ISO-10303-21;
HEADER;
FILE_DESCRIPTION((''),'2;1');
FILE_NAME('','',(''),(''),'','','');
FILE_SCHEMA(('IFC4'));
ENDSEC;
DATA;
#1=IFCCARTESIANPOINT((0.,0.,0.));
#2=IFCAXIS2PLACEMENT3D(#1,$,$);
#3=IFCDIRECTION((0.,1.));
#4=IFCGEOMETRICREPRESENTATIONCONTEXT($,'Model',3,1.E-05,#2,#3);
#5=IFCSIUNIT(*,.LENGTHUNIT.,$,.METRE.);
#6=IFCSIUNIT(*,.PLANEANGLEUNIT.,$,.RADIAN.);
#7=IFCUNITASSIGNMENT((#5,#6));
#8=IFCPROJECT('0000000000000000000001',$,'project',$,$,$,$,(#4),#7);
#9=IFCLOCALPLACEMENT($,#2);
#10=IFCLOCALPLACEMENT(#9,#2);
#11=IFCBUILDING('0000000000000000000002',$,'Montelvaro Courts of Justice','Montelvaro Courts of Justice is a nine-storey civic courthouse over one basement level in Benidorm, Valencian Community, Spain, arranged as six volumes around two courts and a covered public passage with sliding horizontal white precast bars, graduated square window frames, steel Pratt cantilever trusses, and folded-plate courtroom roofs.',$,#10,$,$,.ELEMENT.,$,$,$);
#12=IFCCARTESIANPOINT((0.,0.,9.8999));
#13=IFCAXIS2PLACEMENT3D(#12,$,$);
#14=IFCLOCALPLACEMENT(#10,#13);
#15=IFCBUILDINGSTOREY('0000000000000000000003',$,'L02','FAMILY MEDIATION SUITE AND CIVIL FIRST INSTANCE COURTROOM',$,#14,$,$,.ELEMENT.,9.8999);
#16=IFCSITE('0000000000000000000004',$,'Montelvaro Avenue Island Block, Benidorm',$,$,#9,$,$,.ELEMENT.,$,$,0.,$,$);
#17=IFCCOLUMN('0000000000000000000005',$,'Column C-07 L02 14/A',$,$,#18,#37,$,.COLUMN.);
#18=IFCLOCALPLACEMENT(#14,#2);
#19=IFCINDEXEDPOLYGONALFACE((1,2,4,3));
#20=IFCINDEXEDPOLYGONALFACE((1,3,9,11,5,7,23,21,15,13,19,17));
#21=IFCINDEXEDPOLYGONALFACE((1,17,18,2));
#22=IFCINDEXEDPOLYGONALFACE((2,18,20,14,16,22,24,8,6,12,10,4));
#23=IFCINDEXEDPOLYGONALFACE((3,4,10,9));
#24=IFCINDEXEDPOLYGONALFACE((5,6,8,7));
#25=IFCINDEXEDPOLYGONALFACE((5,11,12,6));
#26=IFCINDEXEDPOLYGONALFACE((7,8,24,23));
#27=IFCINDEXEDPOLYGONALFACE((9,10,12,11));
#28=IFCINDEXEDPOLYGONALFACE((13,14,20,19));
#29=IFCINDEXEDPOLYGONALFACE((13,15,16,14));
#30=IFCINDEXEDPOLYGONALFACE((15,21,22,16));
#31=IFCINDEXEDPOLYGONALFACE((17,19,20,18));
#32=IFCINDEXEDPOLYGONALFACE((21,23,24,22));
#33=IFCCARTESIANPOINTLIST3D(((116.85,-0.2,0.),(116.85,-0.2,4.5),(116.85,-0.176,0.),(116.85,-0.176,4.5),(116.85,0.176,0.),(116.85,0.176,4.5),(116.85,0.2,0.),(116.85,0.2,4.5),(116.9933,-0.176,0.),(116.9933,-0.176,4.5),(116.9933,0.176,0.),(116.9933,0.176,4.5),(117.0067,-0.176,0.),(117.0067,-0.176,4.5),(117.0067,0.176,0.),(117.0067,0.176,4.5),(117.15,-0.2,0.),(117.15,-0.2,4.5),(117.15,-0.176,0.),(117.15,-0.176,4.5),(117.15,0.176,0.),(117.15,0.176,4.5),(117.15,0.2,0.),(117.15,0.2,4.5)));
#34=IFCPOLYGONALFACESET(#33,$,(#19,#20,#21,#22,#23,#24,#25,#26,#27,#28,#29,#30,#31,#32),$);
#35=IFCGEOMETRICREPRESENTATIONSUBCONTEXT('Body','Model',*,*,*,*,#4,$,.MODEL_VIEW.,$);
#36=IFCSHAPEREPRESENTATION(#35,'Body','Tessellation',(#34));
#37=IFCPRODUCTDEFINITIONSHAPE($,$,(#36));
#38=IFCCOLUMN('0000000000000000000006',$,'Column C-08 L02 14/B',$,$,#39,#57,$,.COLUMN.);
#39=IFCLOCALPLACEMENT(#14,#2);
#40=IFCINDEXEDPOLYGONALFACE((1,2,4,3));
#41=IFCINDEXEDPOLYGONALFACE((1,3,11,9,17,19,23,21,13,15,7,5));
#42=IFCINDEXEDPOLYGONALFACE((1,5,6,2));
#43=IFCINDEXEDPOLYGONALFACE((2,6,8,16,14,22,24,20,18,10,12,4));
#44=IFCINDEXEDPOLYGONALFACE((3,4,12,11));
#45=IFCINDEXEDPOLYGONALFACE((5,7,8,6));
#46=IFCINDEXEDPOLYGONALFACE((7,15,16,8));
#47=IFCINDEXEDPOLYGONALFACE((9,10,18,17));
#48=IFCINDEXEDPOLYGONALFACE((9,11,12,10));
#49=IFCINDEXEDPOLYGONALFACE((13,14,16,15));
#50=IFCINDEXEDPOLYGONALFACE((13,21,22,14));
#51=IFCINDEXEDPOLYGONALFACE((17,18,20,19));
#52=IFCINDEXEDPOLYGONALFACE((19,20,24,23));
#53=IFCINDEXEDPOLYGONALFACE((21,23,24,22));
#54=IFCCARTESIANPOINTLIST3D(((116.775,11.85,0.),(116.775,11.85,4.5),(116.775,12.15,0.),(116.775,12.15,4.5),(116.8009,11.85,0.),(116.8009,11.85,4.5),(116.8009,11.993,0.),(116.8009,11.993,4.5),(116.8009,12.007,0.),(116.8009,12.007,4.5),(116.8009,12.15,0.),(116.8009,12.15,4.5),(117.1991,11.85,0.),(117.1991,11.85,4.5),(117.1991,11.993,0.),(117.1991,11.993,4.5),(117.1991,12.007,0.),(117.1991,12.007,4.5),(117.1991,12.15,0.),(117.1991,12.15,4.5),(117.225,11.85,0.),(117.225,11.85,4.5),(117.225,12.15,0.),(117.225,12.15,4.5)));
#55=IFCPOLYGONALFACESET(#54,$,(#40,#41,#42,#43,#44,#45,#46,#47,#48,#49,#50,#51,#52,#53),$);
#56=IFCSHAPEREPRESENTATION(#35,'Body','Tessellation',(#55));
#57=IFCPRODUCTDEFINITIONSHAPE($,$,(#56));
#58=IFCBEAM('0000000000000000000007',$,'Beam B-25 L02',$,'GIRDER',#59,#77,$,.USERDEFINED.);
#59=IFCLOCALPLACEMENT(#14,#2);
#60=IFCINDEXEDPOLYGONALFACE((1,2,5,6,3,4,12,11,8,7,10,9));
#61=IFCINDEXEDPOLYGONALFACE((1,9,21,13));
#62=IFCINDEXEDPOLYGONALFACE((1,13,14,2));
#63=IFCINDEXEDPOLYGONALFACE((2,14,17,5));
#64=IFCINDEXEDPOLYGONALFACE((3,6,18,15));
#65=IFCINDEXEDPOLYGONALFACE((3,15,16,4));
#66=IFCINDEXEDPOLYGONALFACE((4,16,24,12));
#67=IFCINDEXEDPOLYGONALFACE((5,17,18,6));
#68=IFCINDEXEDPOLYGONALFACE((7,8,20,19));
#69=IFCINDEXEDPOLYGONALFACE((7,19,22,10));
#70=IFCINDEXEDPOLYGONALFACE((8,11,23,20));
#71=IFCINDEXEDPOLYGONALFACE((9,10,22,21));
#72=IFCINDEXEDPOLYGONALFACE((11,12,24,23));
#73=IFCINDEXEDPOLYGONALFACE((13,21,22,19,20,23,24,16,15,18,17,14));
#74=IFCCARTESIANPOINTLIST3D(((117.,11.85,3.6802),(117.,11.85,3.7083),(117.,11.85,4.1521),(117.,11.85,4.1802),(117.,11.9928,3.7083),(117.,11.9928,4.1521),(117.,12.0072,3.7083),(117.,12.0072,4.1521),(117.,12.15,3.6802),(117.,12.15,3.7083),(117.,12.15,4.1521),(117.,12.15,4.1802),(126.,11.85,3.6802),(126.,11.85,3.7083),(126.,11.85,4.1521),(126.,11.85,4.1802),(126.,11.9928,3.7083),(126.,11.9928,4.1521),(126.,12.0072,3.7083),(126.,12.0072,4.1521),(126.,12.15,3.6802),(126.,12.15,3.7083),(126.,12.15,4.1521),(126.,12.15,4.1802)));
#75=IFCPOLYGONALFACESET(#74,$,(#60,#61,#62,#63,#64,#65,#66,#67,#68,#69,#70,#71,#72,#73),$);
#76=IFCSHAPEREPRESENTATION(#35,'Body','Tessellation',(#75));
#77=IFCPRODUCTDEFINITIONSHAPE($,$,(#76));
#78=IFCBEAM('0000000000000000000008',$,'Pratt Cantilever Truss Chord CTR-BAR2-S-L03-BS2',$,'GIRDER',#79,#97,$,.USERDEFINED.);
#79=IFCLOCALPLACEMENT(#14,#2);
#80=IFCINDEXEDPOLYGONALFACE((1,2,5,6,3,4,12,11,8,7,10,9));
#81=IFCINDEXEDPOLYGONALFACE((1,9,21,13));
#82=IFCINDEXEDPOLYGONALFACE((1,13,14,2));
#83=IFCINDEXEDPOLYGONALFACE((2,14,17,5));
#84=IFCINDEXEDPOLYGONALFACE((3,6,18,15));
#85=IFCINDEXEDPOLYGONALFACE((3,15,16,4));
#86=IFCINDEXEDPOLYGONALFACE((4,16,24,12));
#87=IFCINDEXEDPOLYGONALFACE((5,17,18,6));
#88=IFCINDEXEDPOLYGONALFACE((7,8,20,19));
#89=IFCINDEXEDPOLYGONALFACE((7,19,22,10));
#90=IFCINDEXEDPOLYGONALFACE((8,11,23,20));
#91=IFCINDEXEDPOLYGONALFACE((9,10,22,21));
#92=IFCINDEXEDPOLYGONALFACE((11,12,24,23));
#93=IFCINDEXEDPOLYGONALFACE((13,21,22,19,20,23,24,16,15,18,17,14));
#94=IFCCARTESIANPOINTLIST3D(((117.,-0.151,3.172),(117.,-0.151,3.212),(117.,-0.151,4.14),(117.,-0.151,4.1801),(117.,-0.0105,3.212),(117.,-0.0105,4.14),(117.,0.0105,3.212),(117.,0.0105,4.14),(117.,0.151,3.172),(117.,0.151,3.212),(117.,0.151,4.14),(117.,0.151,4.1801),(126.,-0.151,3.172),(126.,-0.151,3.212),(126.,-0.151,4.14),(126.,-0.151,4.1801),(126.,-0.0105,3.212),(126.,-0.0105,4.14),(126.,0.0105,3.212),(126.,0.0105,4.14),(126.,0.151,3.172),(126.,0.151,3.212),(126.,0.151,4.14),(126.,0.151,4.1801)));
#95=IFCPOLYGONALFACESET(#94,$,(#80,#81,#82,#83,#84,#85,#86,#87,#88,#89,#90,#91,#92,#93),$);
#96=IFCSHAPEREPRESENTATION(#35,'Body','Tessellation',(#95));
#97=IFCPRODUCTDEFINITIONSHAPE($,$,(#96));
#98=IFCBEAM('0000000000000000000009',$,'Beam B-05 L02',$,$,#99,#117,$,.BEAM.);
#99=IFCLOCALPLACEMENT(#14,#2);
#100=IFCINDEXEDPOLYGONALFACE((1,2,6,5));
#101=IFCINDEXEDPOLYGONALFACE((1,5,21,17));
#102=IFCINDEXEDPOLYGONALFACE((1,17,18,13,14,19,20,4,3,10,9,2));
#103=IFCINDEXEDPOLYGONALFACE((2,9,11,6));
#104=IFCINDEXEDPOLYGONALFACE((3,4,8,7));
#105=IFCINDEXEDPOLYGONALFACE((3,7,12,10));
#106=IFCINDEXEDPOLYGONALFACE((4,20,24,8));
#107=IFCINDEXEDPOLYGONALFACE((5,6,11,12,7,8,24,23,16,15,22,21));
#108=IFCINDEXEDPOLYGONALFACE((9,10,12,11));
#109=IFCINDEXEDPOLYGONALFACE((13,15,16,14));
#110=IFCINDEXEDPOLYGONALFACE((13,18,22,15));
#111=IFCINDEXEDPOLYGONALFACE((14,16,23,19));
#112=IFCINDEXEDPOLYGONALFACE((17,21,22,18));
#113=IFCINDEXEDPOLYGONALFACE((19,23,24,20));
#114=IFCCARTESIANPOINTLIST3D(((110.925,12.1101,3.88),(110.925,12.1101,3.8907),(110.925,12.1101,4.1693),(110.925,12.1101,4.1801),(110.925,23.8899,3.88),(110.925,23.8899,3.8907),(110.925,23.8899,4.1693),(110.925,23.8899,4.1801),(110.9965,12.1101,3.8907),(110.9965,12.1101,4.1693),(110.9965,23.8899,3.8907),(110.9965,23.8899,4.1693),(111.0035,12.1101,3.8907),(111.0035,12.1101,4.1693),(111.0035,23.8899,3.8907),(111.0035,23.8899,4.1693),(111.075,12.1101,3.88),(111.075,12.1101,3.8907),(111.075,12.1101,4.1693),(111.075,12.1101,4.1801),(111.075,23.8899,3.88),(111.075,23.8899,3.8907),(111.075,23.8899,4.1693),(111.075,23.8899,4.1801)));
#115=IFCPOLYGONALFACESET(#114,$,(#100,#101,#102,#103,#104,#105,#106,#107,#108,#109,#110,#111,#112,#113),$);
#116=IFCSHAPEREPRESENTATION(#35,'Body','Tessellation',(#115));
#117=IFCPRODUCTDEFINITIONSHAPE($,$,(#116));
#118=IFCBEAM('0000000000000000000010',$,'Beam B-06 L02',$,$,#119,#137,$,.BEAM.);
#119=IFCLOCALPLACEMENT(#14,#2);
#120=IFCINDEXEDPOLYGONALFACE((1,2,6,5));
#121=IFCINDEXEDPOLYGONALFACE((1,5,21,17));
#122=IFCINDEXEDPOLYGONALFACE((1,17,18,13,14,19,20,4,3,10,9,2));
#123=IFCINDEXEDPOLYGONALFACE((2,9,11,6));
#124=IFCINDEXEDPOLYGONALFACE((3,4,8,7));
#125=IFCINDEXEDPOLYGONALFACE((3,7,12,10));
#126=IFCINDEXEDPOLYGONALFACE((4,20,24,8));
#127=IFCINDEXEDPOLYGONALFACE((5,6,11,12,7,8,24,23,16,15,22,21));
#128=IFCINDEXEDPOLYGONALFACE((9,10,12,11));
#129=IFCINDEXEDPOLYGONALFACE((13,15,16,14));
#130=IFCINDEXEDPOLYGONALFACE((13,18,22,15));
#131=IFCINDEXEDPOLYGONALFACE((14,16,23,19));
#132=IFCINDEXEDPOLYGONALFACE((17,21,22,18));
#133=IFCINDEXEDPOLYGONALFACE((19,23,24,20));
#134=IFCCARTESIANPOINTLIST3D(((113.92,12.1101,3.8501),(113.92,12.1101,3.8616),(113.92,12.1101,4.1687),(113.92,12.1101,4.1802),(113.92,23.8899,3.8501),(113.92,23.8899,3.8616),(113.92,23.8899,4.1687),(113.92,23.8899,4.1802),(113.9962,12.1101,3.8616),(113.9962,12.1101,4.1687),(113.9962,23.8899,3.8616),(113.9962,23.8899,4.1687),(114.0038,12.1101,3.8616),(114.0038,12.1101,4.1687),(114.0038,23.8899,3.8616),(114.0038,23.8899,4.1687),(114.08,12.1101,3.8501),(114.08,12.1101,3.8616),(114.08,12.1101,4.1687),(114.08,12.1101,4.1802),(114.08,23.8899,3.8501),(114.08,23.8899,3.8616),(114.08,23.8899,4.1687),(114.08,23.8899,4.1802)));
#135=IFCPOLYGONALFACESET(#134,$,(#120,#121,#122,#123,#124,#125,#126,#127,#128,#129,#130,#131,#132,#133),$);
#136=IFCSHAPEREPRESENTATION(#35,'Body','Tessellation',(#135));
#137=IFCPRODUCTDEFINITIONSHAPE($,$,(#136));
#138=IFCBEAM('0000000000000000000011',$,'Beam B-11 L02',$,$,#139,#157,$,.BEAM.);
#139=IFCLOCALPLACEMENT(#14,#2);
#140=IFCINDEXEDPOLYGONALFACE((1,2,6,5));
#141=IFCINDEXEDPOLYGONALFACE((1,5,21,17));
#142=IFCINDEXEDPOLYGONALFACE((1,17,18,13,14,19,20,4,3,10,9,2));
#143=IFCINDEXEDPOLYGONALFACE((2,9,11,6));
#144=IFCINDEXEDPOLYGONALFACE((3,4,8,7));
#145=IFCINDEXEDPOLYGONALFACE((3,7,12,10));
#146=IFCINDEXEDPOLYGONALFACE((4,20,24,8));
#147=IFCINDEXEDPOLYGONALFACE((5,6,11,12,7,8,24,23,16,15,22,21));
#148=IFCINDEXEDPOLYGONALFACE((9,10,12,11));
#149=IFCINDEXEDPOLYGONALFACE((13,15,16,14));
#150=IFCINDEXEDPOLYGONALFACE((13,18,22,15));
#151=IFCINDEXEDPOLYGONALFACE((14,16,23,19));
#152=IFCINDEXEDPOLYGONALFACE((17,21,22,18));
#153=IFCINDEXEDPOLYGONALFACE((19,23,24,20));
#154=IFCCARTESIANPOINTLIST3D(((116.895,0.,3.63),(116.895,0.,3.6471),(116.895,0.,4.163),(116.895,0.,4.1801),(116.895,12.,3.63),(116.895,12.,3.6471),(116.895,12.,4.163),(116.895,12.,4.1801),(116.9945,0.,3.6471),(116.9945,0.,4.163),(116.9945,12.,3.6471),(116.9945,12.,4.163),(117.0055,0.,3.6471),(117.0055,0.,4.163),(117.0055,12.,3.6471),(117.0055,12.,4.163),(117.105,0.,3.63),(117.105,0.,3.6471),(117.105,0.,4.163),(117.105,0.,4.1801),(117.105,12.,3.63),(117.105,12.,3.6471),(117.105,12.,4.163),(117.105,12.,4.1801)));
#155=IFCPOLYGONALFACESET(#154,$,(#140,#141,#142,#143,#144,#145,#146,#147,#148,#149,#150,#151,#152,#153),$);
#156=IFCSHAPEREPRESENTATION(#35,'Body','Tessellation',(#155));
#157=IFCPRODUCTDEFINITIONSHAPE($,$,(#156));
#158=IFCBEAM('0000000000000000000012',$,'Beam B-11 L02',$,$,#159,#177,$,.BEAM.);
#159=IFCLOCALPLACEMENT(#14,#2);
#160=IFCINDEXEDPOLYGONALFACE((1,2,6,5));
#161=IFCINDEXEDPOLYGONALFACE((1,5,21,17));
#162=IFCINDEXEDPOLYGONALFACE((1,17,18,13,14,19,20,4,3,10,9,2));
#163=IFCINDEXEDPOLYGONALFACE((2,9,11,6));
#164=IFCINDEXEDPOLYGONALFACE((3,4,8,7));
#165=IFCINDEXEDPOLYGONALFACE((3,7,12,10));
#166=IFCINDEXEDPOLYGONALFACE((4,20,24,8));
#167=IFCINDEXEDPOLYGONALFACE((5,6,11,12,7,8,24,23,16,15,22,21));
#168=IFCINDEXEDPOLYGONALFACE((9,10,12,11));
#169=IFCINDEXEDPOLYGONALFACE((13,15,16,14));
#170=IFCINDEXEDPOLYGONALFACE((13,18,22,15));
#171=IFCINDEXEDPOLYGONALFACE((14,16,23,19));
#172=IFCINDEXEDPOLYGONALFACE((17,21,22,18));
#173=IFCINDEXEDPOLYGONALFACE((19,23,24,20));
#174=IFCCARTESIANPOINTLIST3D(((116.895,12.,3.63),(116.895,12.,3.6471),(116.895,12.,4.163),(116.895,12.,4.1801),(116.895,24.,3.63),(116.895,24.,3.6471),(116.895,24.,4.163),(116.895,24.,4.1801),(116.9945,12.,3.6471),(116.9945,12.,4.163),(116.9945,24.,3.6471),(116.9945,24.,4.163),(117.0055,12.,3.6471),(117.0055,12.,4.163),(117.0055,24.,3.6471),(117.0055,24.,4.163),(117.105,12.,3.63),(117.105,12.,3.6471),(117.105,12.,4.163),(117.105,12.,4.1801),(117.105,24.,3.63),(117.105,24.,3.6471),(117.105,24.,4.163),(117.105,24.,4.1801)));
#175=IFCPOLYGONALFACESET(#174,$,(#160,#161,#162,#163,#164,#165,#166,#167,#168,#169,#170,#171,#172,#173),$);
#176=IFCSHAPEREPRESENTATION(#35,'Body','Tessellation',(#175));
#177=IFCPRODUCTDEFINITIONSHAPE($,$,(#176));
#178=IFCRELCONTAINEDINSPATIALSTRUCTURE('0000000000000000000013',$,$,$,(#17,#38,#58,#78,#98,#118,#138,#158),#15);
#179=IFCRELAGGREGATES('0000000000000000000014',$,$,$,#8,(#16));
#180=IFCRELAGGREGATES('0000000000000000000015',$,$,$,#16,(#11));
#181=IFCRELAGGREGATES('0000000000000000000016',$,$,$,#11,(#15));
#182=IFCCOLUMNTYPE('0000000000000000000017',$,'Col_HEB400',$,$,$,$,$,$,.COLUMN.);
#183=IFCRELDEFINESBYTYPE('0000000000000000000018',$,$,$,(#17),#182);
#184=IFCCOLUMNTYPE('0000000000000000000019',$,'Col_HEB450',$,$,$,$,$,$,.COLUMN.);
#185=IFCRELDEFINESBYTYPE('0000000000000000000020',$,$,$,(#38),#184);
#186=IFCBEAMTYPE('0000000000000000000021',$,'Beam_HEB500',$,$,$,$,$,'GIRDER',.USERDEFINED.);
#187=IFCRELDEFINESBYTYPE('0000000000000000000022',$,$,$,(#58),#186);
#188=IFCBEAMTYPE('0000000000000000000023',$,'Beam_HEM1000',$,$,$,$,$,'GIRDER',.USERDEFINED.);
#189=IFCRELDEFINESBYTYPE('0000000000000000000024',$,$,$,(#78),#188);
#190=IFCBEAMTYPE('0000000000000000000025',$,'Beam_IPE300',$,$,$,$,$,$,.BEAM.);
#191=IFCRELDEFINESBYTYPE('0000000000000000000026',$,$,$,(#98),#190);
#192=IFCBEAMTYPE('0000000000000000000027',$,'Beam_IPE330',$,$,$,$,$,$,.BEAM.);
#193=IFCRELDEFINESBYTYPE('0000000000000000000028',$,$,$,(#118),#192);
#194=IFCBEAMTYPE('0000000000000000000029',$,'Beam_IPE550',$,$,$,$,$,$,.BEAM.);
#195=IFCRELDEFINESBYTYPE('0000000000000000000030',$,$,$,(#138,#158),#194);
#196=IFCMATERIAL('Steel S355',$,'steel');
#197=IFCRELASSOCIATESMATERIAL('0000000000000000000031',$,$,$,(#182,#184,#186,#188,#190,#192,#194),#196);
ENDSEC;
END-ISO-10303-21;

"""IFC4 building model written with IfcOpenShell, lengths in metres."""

from ifc_helpers import new_model, si_unit, direction, frame, origin, origin_2d, place, context, subcontext, project, spatial, i_section, extrude, material, material_profile, profile_set, type_object, element, save


model = new_model("IFC4")

# Units and contexts
model_context = context("Model", 3, precision=1e-05, world=origin(), true_north=direction((0.0, 1.0)))
body_context = subcontext(model_context, "Body", "Model", "MODEL_VIEW")
ifc_project = project(units=[si_unit("LENGTHUNIT", "METRE"), si_unit("PLANEANGLEUNIT", "RADIAN")], contexts=[model_context])

# Site, building, storey
site_placement = place(None, origin())
site = spatial("IfcSite", under=ifc_project, at=site_placement, Name="Montelvaro Avenue Island Block, Benidorm", CompositionType="ELEMENT", RefElevation=0.0)
building_placement = place(site_placement, origin())
building = spatial("IfcBuilding", under=site, at=building_placement, Name="Montelvaro Courts of Justice", Description="Montelvaro Courts of Justice is a nine-storey civic courthouse over one basement level in Benidorm, Valencian Community, Spain, arranged as six volumes around two courts and a covered public passage with sliding horizontal white precast bars, graduated square window frames, steel Pratt cantilever trusses, and folded-plate courtroom roofs.", CompositionType="ELEMENT")
storey_placement = place(building_placement, frame((0.0, 0.0, 9.8999)))
storey = spatial("IfcBuildingStorey", under=building, at=storey_placement, Name="L02", Description="FAMILY MEDIATION SUITE AND CIVIL FIRST INSTANCE COURTROOM", CompositionType="ELEMENT", Elevation=9.8999)

# Columns
ifc_material_1 = material(Name="Steel S355", Category="steel")
ifc_material_profile_1 = material_profile(ifc_material_1, i_section(OverallWidth=0.3, OverallDepth=0.3999, WebThickness=0.0134, FlangeThickness=0.0239, at=origin_2d()), Name="HEB 400")
ifc_profile_set_1 = profile_set([ifc_material_profile_1], Name="Steel S355")
column_type_1 = type_object("IfcColumnType", Name="Col_HEB400", PredefinedType="COLUMN", material=ifc_profile_set_1)
column_1_placement = place(storey_placement, frame((117.0, 0.0, 0.0), z_axis=(0.0, 0.0, 1.0), x_axis=(1.0, 0.0, 0.0)))
element("IfcColumn", 1, at=column_1_placement, inside=storey, type_object=column_type_1, Name="Column C-07 L02 14/A", PredefinedType="COLUMN", context=body_context, shape_type="SweptSolid", body=[
    extrude(i_section(OverallWidth=0.3, OverallDepth=0.3999, WebThickness=0.0134, FlangeThickness=0.0239, at=origin_2d()), origin(), (0.0, 0.0, 1.0), 4.5),
])
ifc_material_profile_2 = material_profile(ifc_material_1, i_section(OverallWidth=0.3, OverallDepth=0.45, WebThickness=0.0139, FlangeThickness=0.0259, at=origin_2d()), Name="HEB 450")
ifc_profile_set_2 = profile_set([ifc_material_profile_2], Name="Steel S355")
column_type_2 = type_object("IfcColumnType", Name="Col_HEB450", PredefinedType="COLUMN", material=ifc_profile_set_2)
column_2_placement = place(storey_placement, frame((117.0, 12.0, 0.0), z_axis=(0.0, 0.0, 1.0), x_axis=(0.0, 1.0, 0.0)))
element("IfcColumn", 2, at=column_2_placement, inside=storey, type_object=column_type_2, Name="Column C-08 L02 14/B", PredefinedType="COLUMN", context=body_context, shape_type="SweptSolid", body=[
    extrude(i_section(OverallWidth=0.3, OverallDepth=0.45, WebThickness=0.0139, FlangeThickness=0.0259, at=origin_2d()), origin(), (0.0, 0.0, 1.0), 4.5),
])

# Beams
ifc_material_profile_3 = material_profile(ifc_material_1, i_section(OverallWidth=0.3, OverallDepth=0.5, WebThickness=0.0144, FlangeThickness=0.0281, at=origin_2d()), Name="HEB 500")
ifc_profile_set_3 = profile_set([ifc_material_profile_3], Name="Steel S355")
beam_type_1 = type_object("IfcBeamType", Name="Beam_HEB500", ElementType="GIRDER", PredefinedType="USERDEFINED", material=ifc_profile_set_3)
beam_1_placement = place(storey_placement, frame((117.0, 12.0, 3.9302), z_axis=(1.0, 0.0, 0.0), x_axis=(0.0, 1.0, 0.0)))
element("IfcBeam", 3, at=beam_1_placement, inside=storey, type_object=beam_type_1, Name="Beam B-25 L02", ObjectType="GIRDER", PredefinedType="USERDEFINED", context=body_context, shape_type="SweptSolid", body=[
    extrude(i_section(OverallWidth=0.3, OverallDepth=0.5, WebThickness=0.0144, FlangeThickness=0.0281, at=origin_2d()), origin(), (0.0, 0.0, 1.0), 9.0),
])
ifc_material_profile_4 = material_profile(ifc_material_1, i_section(OverallWidth=0.302, OverallDepth=1.0081, WebThickness=0.021, FlangeThickness=0.04, at=origin_2d()), Name="HEM 1000")
ifc_profile_set_4 = profile_set([ifc_material_profile_4], Name="Steel S355")
beam_type_2 = type_object("IfcBeamType", Name="Beam_HEM1000", ElementType="GIRDER", PredefinedType="USERDEFINED", material=ifc_profile_set_4)
beam_2_placement = place(storey_placement, frame((117.0, 0.0, 3.676), z_axis=(1.0, 0.0, 0.0), x_axis=(0.0, 1.0, 0.0)))
element("IfcBeam", 4, at=beam_2_placement, inside=storey, type_object=beam_type_2, Name="Pratt Cantilever Truss Chord CTR-BAR2-S-L03-BS2", ObjectType="GIRDER", PredefinedType="USERDEFINED", context=body_context, shape_type="SweptSolid", body=[
    extrude(i_section(OverallWidth=0.302, OverallDepth=1.0081, WebThickness=0.021, FlangeThickness=0.04, at=origin_2d()), origin(), (0.0, 0.0, 1.0), 9.0),
])
ifc_material_profile_5 = material_profile(ifc_material_1, i_section(OverallWidth=0.1499, OverallDepth=0.3, WebThickness=0.0071, FlangeThickness=0.0107, at=origin_2d()), Name="IPE 300")
ifc_profile_set_5 = profile_set([ifc_material_profile_5], Name="Steel S355")
beam_type_3 = type_object("IfcBeamType", Name="Beam_IPE300", PredefinedType="BEAM", material=ifc_profile_set_5)
beam_3_placement = place(storey_placement, frame((111.0, 12.1101, 4.03), z_axis=(0.0, 1.0, 0.0), x_axis=(-1.0, 0.0, 0.0)))
element("IfcBeam", 5, at=beam_3_placement, inside=storey, type_object=beam_type_3, Name="Beam B-05 L02", PredefinedType="BEAM", context=body_context, shape_type="SweptSolid", body=[
    extrude(i_section(OverallWidth=0.1499, OverallDepth=0.3, WebThickness=0.0071, FlangeThickness=0.0107, at=origin_2d()), origin(), (0.0, 0.0, 1.0), 11.7798),
])
ifc_material_profile_6 = material_profile(ifc_material_1, i_section(OverallWidth=0.1599, OverallDepth=0.3301, WebThickness=0.0076, FlangeThickness=0.0115, at=origin_2d()), Name="IPE 330")
ifc_profile_set_6 = profile_set([ifc_material_profile_6], Name="Steel S355")
beam_type_4 = type_object("IfcBeamType", Name="Beam_IPE330", PredefinedType="BEAM", material=ifc_profile_set_6)
beam_4_placement = place(storey_placement, frame((114.0, 12.1101, 4.0151), z_axis=(0.0, 1.0, 0.0), x_axis=(-1.0, 0.0, 0.0)))
element("IfcBeam", 6, at=beam_4_placement, inside=storey, type_object=beam_type_4, Name="Beam B-06 L02", PredefinedType="BEAM", context=body_context, shape_type="SweptSolid", body=[
    extrude(i_section(OverallWidth=0.1599, OverallDepth=0.3301, WebThickness=0.0076, FlangeThickness=0.0115, at=origin_2d()), origin(), (0.0, 0.0, 1.0), 11.7798),
])
ifc_material_profile_7 = material_profile(ifc_material_1, i_section(OverallWidth=0.21, OverallDepth=0.55, WebThickness=0.011, FlangeThickness=0.0171, at=origin_2d()), Name="IPE 550")
ifc_profile_set_7 = profile_set([ifc_material_profile_7], Name="Steel S355")
beam_type_5 = type_object("IfcBeamType", Name="Beam_IPE550", PredefinedType="BEAM", material=ifc_profile_set_7)
for number, where, z_axis, x_axis, name in (
    (7, (117.0, 0.0, 3.905), (0.0, 1.0, 0.0), (-1.0, 0.0, 0.0), "Beam B-11 L02"),
    (8, (117.0, 12.0, 3.905), (0.0, 1.0, 0.0), (-1.0, 0.0, 0.0), "Beam B-11 L02"),
):
    element("IfcBeam", number, at=place(storey_placement, frame(where, z_axis=z_axis, x_axis=x_axis)), inside=storey, type_object=beam_type_5, Name=name, PredefinedType="BEAM", context=body_context, shape_type="SweptSolid", body=[
        extrude(i_section(OverallWidth=0.21, OverallDepth=0.55, WebThickness=0.011, FlangeThickness=0.0171, at=origin_2d()), origin(), (0.0, 0.0, 1.0), 12.0),
    ])

save(model, "model.ifc")
